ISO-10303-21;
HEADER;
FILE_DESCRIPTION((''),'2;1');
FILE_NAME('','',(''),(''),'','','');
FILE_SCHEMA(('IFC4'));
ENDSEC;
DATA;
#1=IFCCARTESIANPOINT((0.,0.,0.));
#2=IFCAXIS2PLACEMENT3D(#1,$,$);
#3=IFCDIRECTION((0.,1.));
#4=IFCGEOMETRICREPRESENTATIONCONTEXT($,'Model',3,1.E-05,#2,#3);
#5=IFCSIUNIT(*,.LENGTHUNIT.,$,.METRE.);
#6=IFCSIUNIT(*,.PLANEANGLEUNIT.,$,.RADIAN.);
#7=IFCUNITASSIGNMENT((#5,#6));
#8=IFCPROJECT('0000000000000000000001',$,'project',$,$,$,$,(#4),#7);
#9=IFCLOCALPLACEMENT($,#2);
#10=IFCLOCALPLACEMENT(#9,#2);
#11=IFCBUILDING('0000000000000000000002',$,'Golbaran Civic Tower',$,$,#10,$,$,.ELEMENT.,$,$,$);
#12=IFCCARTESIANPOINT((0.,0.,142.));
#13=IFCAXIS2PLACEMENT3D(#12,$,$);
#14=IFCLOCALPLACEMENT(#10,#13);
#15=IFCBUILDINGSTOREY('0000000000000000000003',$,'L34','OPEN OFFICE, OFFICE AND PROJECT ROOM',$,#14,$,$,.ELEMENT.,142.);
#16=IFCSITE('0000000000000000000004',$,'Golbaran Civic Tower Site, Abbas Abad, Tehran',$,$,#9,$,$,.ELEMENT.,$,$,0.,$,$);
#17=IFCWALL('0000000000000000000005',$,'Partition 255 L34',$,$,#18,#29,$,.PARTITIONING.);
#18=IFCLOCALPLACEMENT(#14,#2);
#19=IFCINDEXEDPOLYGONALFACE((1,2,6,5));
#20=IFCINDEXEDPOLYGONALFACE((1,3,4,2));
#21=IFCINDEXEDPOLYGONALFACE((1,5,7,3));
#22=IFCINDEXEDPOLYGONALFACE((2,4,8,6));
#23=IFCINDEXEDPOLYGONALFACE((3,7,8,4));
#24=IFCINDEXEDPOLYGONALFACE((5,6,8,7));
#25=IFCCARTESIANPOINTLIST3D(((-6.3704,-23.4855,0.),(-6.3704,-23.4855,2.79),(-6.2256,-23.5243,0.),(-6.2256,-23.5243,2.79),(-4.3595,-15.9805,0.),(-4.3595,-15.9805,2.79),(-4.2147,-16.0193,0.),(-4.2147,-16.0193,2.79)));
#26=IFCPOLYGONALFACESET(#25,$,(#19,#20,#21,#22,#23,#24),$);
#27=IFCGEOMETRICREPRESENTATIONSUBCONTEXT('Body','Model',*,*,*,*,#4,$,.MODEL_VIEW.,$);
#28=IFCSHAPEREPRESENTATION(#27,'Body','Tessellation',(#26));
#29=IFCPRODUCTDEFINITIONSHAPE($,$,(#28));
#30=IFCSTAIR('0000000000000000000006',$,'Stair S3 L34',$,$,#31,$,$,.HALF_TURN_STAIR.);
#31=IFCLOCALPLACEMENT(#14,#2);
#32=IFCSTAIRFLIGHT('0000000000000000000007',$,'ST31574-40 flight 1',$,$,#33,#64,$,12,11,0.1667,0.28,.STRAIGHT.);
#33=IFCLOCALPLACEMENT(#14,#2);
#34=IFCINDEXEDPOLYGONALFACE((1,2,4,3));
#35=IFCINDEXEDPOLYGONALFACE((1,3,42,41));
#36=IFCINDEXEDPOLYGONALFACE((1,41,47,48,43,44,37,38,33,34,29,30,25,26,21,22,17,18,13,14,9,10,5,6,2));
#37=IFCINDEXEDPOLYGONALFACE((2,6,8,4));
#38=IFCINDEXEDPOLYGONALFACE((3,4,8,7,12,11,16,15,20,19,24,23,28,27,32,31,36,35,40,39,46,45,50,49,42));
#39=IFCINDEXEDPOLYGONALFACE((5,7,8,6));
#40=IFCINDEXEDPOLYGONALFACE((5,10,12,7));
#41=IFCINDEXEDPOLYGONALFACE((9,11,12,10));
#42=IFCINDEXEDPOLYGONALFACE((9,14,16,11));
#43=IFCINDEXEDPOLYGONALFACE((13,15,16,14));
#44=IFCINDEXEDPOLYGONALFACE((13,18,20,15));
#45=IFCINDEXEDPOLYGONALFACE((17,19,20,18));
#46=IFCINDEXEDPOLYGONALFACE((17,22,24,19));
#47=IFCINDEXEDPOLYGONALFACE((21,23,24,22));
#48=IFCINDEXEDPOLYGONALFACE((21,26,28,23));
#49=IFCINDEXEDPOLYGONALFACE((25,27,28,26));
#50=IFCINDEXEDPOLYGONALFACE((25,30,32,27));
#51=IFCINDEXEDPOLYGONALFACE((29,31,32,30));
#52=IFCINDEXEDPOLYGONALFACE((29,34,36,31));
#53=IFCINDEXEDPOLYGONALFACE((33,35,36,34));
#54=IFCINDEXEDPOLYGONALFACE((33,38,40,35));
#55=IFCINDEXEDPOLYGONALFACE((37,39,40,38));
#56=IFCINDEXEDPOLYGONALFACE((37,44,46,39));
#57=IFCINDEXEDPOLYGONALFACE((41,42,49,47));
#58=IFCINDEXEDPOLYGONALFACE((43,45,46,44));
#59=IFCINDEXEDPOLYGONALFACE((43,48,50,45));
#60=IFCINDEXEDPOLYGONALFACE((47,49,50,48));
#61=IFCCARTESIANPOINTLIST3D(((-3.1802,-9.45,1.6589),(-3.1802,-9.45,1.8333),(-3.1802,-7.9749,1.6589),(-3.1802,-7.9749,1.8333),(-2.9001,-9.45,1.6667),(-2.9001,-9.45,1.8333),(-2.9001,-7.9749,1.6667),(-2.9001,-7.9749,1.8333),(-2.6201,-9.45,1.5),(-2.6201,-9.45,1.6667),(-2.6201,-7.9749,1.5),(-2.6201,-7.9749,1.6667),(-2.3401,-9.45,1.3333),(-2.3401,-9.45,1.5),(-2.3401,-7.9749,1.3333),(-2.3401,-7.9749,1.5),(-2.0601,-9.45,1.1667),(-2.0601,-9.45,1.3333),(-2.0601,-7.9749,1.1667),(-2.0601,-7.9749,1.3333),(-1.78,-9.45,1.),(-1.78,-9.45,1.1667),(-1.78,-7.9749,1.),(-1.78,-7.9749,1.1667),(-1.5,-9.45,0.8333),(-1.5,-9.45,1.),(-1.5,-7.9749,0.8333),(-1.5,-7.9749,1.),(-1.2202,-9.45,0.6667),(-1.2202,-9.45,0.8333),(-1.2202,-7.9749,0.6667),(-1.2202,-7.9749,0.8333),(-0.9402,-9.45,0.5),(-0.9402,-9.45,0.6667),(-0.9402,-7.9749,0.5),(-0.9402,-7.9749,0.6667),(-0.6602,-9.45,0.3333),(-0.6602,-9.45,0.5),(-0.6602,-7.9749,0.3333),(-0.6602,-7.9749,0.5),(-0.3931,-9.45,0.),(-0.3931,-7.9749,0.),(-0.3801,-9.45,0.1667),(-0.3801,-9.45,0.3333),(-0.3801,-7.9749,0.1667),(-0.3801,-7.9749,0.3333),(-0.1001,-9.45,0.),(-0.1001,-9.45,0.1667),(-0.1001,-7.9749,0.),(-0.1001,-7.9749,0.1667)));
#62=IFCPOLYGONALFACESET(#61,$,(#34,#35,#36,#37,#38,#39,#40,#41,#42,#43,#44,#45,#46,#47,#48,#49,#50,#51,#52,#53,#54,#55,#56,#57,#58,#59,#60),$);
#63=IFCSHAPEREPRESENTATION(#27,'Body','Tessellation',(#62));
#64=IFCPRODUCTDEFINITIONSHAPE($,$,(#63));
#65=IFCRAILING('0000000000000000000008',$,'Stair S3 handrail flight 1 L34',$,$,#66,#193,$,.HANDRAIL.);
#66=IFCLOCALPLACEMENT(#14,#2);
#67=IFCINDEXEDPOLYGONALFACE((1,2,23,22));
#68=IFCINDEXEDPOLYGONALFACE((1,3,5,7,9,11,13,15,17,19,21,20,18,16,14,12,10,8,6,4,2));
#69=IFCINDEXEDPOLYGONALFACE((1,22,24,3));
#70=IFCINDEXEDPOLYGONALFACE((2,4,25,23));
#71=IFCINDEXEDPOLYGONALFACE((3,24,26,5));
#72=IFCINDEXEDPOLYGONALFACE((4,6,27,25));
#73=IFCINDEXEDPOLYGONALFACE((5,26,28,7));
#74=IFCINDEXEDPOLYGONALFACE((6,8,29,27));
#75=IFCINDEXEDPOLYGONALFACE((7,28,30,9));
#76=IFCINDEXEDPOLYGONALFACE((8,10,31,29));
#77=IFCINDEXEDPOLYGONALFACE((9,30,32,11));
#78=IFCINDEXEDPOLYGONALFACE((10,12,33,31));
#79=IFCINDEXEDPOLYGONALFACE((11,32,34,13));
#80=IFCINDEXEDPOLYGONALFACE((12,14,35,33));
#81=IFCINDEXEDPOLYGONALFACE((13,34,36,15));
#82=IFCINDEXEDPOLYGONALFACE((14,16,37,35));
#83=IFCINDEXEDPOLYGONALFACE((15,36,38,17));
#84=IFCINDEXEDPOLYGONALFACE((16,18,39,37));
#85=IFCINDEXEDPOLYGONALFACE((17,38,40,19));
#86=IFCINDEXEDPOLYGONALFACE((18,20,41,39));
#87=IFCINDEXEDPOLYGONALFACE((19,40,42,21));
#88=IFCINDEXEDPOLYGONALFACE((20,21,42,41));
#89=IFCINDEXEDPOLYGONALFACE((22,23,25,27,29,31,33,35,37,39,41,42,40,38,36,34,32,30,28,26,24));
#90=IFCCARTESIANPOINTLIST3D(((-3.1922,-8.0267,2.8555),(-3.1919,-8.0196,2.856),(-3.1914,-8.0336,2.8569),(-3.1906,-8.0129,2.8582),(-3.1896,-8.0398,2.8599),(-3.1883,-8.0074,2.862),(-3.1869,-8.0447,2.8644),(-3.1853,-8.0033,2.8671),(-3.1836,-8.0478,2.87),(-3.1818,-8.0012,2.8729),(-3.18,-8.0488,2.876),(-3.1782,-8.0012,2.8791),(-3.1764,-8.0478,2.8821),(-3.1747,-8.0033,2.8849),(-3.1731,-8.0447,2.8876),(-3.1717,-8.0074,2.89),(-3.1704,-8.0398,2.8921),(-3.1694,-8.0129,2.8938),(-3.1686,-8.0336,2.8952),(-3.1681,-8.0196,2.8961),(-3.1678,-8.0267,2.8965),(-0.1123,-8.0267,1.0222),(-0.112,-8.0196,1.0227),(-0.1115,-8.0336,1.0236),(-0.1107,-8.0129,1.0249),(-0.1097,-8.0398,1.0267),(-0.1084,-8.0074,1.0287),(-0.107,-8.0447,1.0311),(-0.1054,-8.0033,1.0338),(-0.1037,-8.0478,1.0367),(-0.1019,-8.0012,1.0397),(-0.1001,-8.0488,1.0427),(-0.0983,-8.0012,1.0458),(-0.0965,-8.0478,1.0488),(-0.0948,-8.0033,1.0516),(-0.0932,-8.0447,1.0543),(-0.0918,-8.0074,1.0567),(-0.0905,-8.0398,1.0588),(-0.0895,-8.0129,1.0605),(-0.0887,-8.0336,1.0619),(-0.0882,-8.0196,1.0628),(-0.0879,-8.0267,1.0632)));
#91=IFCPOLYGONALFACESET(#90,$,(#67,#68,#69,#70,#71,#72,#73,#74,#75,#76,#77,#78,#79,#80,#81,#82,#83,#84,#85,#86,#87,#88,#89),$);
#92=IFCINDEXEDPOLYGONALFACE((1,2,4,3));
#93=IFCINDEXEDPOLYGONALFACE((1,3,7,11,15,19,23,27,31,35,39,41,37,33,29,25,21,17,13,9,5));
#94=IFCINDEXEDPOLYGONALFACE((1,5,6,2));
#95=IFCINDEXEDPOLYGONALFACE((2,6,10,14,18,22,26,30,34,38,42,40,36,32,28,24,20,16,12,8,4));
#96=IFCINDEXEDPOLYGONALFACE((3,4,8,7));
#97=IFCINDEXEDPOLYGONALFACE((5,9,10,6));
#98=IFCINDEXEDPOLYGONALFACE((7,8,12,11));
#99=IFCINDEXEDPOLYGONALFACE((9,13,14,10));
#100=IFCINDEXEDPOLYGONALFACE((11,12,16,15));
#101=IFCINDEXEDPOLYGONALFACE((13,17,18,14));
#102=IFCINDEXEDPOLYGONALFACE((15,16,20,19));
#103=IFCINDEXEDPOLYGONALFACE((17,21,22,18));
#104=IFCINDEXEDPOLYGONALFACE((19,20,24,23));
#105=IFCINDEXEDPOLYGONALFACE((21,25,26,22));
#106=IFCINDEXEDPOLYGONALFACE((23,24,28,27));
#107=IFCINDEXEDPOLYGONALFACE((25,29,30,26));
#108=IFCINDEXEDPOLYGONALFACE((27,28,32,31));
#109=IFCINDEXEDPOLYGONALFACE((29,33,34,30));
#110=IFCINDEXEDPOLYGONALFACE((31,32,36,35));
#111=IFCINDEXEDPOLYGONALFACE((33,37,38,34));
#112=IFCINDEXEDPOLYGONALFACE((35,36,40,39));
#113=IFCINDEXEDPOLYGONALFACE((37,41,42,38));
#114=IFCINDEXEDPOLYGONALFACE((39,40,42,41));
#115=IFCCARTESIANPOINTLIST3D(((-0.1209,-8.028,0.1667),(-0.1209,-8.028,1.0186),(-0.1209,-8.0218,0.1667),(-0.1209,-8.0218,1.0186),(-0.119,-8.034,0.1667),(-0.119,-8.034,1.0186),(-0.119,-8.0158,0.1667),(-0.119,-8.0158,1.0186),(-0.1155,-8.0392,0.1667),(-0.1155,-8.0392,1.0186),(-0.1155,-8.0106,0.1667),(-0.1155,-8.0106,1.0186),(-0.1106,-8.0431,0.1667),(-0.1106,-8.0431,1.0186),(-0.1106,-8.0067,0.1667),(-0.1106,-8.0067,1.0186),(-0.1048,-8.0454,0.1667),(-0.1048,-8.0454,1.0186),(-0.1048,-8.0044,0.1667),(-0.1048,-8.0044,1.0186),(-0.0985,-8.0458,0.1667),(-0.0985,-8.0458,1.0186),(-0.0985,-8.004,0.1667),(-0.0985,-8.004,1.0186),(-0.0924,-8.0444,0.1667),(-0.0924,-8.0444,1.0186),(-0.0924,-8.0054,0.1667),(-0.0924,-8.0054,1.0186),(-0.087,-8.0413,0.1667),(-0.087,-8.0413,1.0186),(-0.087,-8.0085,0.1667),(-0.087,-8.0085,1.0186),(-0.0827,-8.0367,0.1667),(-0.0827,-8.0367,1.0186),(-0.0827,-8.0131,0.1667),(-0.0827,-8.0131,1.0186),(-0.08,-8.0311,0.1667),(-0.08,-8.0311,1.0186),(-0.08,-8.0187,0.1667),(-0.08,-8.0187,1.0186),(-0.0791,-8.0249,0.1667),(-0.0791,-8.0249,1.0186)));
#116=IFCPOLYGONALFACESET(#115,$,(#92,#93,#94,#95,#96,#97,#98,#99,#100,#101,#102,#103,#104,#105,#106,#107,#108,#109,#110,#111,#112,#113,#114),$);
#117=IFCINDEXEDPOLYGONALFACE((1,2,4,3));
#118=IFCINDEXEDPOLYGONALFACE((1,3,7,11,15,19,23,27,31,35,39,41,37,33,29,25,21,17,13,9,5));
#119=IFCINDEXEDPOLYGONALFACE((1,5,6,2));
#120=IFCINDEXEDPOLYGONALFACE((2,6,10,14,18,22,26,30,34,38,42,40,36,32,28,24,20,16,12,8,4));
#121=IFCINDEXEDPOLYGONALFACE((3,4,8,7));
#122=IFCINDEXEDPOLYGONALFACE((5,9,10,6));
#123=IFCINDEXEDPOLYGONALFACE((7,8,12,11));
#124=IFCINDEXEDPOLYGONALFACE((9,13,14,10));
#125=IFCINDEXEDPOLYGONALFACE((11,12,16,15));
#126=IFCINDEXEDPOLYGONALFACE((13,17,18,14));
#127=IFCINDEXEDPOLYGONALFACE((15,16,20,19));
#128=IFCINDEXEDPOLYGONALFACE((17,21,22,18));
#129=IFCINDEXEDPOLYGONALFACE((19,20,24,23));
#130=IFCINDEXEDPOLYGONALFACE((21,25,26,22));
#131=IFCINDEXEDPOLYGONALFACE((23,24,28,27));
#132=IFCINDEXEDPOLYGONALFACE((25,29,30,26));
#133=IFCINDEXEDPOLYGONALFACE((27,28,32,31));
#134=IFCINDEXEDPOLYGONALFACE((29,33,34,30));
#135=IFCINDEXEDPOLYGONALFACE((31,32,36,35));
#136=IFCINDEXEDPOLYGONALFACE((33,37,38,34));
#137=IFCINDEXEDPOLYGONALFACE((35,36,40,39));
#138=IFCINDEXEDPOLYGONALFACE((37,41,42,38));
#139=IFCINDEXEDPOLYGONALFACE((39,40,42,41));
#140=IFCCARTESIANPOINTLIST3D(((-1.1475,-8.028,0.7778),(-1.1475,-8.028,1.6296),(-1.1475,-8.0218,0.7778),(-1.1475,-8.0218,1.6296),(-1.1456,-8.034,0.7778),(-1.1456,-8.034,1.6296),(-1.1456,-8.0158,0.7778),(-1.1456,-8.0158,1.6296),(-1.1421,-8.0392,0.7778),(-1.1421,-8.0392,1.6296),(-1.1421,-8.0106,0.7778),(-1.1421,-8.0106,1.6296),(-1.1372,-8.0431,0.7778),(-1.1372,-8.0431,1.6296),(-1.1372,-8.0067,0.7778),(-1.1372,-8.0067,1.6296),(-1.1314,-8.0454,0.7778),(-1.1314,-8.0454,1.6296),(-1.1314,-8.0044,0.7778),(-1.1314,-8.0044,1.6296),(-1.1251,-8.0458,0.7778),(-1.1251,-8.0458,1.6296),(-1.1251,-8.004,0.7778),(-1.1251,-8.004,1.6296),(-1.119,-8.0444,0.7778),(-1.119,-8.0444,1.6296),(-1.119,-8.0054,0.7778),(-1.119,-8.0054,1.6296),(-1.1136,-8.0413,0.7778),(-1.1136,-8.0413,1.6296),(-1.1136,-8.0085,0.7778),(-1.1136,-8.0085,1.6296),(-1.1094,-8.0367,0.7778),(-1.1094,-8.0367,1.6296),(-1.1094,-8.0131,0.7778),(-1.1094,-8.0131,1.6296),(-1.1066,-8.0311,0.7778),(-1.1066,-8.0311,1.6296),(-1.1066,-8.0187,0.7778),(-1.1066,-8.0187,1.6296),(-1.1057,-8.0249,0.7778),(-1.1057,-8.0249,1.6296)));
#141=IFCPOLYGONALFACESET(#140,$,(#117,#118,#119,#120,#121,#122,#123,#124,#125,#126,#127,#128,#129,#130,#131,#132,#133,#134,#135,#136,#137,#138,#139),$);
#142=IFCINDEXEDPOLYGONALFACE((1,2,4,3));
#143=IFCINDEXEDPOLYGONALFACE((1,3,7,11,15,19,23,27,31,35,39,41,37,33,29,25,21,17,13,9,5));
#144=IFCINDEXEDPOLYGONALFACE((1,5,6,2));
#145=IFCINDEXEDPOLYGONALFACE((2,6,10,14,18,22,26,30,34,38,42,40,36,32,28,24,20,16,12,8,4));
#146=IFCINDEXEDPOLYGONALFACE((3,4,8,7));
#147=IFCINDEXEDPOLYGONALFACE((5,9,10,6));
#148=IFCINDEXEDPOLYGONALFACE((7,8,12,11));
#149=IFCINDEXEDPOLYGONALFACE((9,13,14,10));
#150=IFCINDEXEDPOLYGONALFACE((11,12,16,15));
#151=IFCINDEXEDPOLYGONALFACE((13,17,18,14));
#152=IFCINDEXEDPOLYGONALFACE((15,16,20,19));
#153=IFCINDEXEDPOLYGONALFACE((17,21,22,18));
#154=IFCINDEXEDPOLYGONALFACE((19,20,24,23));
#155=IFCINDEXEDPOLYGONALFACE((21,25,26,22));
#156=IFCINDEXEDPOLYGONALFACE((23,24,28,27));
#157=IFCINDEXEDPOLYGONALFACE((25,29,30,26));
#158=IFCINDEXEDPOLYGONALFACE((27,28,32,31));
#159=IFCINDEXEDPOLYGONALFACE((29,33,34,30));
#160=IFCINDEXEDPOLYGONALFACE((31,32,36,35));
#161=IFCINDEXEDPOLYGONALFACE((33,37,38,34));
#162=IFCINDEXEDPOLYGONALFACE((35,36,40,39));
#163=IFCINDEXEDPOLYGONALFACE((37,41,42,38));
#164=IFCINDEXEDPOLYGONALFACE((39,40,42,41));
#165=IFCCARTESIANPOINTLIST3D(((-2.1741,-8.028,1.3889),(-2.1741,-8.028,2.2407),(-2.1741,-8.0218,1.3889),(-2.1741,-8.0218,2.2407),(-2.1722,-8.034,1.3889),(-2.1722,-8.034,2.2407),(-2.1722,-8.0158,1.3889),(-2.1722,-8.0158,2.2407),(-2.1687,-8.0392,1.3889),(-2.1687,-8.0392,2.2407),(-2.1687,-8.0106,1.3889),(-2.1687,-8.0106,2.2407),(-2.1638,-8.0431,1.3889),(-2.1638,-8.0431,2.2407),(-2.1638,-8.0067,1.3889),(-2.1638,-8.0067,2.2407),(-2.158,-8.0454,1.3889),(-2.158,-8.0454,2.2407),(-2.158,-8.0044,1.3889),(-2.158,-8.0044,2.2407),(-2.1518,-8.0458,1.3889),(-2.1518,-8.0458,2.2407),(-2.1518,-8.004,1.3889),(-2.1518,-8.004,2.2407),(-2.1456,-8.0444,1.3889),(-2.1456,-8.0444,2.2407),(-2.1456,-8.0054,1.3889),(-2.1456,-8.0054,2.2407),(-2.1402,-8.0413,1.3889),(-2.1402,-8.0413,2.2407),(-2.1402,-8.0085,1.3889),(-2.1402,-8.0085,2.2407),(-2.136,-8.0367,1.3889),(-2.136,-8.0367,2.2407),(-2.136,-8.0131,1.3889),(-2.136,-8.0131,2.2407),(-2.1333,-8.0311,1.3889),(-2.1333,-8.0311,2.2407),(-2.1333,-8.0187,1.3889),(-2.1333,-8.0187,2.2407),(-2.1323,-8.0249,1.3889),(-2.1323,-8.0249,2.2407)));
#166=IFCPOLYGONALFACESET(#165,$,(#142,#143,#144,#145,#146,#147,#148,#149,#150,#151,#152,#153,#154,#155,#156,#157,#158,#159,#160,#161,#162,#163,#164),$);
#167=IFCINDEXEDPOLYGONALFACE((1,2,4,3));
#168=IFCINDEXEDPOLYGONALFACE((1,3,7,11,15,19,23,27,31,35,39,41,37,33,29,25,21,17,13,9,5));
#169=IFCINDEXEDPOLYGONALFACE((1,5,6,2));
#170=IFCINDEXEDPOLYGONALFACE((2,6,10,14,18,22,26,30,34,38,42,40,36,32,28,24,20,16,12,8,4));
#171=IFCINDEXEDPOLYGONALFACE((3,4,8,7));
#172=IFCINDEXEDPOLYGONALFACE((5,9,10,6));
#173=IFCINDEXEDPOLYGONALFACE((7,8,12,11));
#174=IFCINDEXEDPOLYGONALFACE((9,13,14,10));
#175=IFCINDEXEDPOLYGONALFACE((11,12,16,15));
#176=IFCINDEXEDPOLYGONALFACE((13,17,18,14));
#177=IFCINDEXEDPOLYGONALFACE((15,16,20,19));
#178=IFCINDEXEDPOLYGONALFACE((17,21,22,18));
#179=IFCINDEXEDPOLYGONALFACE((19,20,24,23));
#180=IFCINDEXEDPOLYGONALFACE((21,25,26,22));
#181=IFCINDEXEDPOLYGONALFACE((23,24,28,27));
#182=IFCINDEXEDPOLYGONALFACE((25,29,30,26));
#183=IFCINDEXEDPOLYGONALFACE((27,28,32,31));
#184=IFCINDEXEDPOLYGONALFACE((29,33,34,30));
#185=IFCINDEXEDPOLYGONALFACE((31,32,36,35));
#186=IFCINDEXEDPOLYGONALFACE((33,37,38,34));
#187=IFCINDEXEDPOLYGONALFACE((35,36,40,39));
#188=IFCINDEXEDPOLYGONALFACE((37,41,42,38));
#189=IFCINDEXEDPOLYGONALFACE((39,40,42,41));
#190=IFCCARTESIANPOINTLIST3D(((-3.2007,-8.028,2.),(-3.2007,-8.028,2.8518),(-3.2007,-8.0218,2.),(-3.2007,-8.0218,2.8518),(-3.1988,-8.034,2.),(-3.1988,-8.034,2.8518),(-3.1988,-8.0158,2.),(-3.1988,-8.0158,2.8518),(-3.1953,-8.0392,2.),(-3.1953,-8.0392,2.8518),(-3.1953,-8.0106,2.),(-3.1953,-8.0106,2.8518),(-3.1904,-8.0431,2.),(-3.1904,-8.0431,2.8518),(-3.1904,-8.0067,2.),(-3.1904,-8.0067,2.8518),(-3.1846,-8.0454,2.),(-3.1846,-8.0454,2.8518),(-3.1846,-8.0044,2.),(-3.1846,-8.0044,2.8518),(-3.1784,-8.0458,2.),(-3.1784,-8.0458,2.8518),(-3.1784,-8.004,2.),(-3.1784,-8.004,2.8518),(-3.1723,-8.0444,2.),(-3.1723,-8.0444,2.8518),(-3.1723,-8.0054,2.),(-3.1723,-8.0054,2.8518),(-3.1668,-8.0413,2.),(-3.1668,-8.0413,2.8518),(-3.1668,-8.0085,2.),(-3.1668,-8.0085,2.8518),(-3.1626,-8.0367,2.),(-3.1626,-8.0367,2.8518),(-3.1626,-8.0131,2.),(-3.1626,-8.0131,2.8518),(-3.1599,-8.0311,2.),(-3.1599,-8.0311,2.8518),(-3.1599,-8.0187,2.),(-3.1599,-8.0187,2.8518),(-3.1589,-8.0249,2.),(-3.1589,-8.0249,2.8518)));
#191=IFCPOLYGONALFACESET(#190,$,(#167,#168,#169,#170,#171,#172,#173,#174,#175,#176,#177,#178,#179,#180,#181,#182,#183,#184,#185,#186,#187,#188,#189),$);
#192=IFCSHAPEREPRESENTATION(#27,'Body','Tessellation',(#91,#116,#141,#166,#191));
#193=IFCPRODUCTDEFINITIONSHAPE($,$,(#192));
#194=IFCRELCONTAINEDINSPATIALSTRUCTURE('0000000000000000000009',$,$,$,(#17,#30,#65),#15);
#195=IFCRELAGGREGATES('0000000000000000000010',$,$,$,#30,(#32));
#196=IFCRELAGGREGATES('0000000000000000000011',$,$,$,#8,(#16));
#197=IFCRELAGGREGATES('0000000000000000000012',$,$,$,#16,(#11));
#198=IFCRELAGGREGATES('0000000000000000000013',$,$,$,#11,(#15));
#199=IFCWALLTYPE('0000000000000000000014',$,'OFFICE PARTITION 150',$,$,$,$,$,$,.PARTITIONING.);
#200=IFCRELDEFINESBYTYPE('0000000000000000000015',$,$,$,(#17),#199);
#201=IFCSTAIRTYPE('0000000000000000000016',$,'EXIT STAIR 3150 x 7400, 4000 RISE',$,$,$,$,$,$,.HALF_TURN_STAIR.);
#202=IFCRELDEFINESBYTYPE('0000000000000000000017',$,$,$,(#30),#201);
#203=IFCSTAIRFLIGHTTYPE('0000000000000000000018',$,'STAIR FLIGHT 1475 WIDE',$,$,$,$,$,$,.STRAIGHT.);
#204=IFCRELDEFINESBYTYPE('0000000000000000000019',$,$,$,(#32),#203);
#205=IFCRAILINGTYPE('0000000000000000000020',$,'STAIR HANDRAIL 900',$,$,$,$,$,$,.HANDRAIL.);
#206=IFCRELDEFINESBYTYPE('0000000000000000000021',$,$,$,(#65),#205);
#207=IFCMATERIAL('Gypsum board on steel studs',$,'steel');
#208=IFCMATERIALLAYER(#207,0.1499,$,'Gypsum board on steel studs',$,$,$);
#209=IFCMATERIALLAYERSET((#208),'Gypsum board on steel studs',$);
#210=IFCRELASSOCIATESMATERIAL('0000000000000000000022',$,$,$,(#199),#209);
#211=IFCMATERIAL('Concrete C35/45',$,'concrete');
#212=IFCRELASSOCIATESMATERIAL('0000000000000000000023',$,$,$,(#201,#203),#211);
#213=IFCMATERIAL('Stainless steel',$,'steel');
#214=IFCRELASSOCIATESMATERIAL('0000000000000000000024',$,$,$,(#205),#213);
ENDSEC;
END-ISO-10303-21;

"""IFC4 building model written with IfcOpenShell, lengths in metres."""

from ifc_helpers import new_model, si_unit, direction, frame, frame_2d, origin, origin_2d, place, context, subcontext, project, spatial, polyline, rectangle, circle, outline, extrude, material, layer, layer_set, type_object, element, aggregate, save


model = new_model("IFC4")

# Units and contexts
model_context = context("Model", 3, precision=1e-05, world=origin(), true_north=direction((0.0, 1.0)))
body_context = subcontext(model_context, "Body", "Model", "MODEL_VIEW")
ifc_project = project(units=[si_unit("LENGTHUNIT", "METRE"), si_unit("PLANEANGLEUNIT", "RADIAN")], contexts=[model_context])

# Site, building, storey
site_placement = place(None, origin())
site = spatial("IfcSite", under=ifc_project, at=site_placement, Name="Golbaran Civic Tower Site, Abbas Abad, Tehran", CompositionType="ELEMENT", RefElevation=0.0)
building_placement = place(site_placement, origin())
building = spatial("IfcBuilding", under=site, at=building_placement, Name="Golbaran Civic Tower", CompositionType="ELEMENT")
storey_placement = place(building_placement, frame((0.0, 0.0, 142.0)))
storey = spatial("IfcBuildingStorey", under=building, at=storey_placement, Name="L34", Description="OPEN OFFICE, OFFICE AND PROJECT ROOM", CompositionType="ELEMENT", Elevation=142.0)

# Shared definitions
ifc_material_1 = material(Name="Gypsum board on steel studs", Category="steel")
ifc_layer_1 = layer(ifc_material_1, 0.1499, Name="Gypsum board on steel studs")
ifc_layer_set_1 = layer_set([ifc_layer_1], Name="Gypsum board on steel studs")
wall_type_1 = type_object("IfcWallType", Name="OFFICE PARTITION 150", PredefinedType="PARTITIONING", material=ifc_layer_set_1)

# Wall
wall_1_placement = place(storey_placement, frame((-4.2871, -16.0, 0.0), z_axis=(0.0, 0.0, 1.0), x_axis=(-0.258818, -0.965926, 0.0)))
element("IfcWall", 1, at=wall_1_placement, inside=storey, type_object=wall_type_1, Name="Partition 255 L34", PredefinedType="PARTITIONING", context=body_context, shape_type="SweptSolid", body=[
    extrude(rectangle(XDim=7.7698, YDim=0.1499, at=frame_2d((3.8848, 0.0))), origin(), (0.0, 0.0, 1.0), 2.79),
])

# Stair, stair flight
ifc_material_2 = material(Name="Concrete C35/45", Category="concrete")
stair_type = type_object("IfcStairType", Name="EXIT STAIR 3150 x 7400, 4000 RISE", PredefinedType="HALF_TURN_STAIR", material=ifc_material_2)
stair_placement = place(storey_placement, origin())
stair = element("IfcStair", 2, at=stair_placement, inside=storey, type_object=stair_type, Name="Stair S3 L34", PredefinedType="HALF_TURN_STAIR")
stair_flight_type = type_object("IfcStairFlightType", Name="STAIR FLIGHT 1475 WIDE", PredefinedType="STRAIGHT", material=ifc_material_2)
stair_flight_placement = place(storey_placement, frame((-0.1001, -8.7124, 0.0), z_axis=(0.0, 0.0, 1.0), x_axis=(-1.0, 0.0, 0.0)))
stair_flight = element("IfcStairFlight", 3, at=stair_flight_placement, type_object=stair_flight_type, Name="ST31574-40 flight 1", NumberOfRisers=12, NumberOfTreads=11, PredefinedType="STRAIGHT", RiserHeight=0.1667, TreadLength=0.28, context=body_context, shape_type="SweptSolid", body=[
    extrude(outline(polyline([(0.0, 0.0), (0.0, 0.1667), (0.28, 0.1667), (0.28, 0.3333), (0.5601, 0.3333), (0.5601, 0.5), (0.8401, 0.5), (0.8401, 0.6667), (1.1201, 0.6667), (1.1201, 0.8333), (1.3999, 0.8333), (1.3999, 1.0), (1.6799, 1.0), (1.6799, 1.1667), (1.96, 1.1667), (1.96, 1.3333), (2.24, 1.3333), (2.24, 1.5), (2.52, 1.5), (2.52, 1.6667), (2.8, 1.6667), (2.8, 1.8333), (3.0801, 1.8333), (3.0801, 2.0), (3.0801, 1.6589), (0.293, 0.0), (0.0, 0.0)])), frame((0.0, 0.7375, 0.0), z_axis=(0.0, -1.0, 0.0), x_axis=(1.0, 0.0, 0.0)), (0.0, 0.0, 1.0), 1.4751),
])
aggregate(stair, [stair_flight])

# Railing
ifc_material_3 = material(Name="Stainless steel", Category="steel")
railing_type = type_object("IfcRailingType", Name="STAIR HANDRAIL 900", PredefinedType="HANDRAIL", material=ifc_material_3)
railing_1_placement = place(storey_placement, frame((-0.1001, -8.0249, 0.1667)))
element("IfcRailing", 4, at=railing_1_placement, inside=storey, type_object=railing_type, Name="Stair S3 handrail flight 1 L34", PredefinedType="HANDRAIL", context=body_context, shape_type="SweptSolid", body=[
    extrude(circle(Radius=0.0239, at=origin_2d()), frame((0.0, 0.0, 0.876), z_axis=(-0.859291, 0.0, 0.511487), x_axis=(0.0, -1.0, 0.0)), (0.0, 0.0, 1.0), 3.5842),
    extrude(circle(Radius=0.021, at=origin_2d()), origin(), (0.0, 0.0, 1.0), 0.8518),
    extrude(circle(Radius=0.021, at=origin_2d()), frame((-1.0266, 0.0, 0.6111)), (0.0, 0.0, 1.0), 0.8518),
    extrude(circle(Radius=0.021, at=origin_2d()), frame((-2.0532, 0.0, 1.2222)), (0.0, 0.0, 1.0), 0.8518),
    extrude(circle(Radius=0.021, at=origin_2d()), frame((-3.0798, 0.0, 1.8333)), (0.0, 0.0, 1.0), 0.8518),
])

save(model, "model.ifc")
